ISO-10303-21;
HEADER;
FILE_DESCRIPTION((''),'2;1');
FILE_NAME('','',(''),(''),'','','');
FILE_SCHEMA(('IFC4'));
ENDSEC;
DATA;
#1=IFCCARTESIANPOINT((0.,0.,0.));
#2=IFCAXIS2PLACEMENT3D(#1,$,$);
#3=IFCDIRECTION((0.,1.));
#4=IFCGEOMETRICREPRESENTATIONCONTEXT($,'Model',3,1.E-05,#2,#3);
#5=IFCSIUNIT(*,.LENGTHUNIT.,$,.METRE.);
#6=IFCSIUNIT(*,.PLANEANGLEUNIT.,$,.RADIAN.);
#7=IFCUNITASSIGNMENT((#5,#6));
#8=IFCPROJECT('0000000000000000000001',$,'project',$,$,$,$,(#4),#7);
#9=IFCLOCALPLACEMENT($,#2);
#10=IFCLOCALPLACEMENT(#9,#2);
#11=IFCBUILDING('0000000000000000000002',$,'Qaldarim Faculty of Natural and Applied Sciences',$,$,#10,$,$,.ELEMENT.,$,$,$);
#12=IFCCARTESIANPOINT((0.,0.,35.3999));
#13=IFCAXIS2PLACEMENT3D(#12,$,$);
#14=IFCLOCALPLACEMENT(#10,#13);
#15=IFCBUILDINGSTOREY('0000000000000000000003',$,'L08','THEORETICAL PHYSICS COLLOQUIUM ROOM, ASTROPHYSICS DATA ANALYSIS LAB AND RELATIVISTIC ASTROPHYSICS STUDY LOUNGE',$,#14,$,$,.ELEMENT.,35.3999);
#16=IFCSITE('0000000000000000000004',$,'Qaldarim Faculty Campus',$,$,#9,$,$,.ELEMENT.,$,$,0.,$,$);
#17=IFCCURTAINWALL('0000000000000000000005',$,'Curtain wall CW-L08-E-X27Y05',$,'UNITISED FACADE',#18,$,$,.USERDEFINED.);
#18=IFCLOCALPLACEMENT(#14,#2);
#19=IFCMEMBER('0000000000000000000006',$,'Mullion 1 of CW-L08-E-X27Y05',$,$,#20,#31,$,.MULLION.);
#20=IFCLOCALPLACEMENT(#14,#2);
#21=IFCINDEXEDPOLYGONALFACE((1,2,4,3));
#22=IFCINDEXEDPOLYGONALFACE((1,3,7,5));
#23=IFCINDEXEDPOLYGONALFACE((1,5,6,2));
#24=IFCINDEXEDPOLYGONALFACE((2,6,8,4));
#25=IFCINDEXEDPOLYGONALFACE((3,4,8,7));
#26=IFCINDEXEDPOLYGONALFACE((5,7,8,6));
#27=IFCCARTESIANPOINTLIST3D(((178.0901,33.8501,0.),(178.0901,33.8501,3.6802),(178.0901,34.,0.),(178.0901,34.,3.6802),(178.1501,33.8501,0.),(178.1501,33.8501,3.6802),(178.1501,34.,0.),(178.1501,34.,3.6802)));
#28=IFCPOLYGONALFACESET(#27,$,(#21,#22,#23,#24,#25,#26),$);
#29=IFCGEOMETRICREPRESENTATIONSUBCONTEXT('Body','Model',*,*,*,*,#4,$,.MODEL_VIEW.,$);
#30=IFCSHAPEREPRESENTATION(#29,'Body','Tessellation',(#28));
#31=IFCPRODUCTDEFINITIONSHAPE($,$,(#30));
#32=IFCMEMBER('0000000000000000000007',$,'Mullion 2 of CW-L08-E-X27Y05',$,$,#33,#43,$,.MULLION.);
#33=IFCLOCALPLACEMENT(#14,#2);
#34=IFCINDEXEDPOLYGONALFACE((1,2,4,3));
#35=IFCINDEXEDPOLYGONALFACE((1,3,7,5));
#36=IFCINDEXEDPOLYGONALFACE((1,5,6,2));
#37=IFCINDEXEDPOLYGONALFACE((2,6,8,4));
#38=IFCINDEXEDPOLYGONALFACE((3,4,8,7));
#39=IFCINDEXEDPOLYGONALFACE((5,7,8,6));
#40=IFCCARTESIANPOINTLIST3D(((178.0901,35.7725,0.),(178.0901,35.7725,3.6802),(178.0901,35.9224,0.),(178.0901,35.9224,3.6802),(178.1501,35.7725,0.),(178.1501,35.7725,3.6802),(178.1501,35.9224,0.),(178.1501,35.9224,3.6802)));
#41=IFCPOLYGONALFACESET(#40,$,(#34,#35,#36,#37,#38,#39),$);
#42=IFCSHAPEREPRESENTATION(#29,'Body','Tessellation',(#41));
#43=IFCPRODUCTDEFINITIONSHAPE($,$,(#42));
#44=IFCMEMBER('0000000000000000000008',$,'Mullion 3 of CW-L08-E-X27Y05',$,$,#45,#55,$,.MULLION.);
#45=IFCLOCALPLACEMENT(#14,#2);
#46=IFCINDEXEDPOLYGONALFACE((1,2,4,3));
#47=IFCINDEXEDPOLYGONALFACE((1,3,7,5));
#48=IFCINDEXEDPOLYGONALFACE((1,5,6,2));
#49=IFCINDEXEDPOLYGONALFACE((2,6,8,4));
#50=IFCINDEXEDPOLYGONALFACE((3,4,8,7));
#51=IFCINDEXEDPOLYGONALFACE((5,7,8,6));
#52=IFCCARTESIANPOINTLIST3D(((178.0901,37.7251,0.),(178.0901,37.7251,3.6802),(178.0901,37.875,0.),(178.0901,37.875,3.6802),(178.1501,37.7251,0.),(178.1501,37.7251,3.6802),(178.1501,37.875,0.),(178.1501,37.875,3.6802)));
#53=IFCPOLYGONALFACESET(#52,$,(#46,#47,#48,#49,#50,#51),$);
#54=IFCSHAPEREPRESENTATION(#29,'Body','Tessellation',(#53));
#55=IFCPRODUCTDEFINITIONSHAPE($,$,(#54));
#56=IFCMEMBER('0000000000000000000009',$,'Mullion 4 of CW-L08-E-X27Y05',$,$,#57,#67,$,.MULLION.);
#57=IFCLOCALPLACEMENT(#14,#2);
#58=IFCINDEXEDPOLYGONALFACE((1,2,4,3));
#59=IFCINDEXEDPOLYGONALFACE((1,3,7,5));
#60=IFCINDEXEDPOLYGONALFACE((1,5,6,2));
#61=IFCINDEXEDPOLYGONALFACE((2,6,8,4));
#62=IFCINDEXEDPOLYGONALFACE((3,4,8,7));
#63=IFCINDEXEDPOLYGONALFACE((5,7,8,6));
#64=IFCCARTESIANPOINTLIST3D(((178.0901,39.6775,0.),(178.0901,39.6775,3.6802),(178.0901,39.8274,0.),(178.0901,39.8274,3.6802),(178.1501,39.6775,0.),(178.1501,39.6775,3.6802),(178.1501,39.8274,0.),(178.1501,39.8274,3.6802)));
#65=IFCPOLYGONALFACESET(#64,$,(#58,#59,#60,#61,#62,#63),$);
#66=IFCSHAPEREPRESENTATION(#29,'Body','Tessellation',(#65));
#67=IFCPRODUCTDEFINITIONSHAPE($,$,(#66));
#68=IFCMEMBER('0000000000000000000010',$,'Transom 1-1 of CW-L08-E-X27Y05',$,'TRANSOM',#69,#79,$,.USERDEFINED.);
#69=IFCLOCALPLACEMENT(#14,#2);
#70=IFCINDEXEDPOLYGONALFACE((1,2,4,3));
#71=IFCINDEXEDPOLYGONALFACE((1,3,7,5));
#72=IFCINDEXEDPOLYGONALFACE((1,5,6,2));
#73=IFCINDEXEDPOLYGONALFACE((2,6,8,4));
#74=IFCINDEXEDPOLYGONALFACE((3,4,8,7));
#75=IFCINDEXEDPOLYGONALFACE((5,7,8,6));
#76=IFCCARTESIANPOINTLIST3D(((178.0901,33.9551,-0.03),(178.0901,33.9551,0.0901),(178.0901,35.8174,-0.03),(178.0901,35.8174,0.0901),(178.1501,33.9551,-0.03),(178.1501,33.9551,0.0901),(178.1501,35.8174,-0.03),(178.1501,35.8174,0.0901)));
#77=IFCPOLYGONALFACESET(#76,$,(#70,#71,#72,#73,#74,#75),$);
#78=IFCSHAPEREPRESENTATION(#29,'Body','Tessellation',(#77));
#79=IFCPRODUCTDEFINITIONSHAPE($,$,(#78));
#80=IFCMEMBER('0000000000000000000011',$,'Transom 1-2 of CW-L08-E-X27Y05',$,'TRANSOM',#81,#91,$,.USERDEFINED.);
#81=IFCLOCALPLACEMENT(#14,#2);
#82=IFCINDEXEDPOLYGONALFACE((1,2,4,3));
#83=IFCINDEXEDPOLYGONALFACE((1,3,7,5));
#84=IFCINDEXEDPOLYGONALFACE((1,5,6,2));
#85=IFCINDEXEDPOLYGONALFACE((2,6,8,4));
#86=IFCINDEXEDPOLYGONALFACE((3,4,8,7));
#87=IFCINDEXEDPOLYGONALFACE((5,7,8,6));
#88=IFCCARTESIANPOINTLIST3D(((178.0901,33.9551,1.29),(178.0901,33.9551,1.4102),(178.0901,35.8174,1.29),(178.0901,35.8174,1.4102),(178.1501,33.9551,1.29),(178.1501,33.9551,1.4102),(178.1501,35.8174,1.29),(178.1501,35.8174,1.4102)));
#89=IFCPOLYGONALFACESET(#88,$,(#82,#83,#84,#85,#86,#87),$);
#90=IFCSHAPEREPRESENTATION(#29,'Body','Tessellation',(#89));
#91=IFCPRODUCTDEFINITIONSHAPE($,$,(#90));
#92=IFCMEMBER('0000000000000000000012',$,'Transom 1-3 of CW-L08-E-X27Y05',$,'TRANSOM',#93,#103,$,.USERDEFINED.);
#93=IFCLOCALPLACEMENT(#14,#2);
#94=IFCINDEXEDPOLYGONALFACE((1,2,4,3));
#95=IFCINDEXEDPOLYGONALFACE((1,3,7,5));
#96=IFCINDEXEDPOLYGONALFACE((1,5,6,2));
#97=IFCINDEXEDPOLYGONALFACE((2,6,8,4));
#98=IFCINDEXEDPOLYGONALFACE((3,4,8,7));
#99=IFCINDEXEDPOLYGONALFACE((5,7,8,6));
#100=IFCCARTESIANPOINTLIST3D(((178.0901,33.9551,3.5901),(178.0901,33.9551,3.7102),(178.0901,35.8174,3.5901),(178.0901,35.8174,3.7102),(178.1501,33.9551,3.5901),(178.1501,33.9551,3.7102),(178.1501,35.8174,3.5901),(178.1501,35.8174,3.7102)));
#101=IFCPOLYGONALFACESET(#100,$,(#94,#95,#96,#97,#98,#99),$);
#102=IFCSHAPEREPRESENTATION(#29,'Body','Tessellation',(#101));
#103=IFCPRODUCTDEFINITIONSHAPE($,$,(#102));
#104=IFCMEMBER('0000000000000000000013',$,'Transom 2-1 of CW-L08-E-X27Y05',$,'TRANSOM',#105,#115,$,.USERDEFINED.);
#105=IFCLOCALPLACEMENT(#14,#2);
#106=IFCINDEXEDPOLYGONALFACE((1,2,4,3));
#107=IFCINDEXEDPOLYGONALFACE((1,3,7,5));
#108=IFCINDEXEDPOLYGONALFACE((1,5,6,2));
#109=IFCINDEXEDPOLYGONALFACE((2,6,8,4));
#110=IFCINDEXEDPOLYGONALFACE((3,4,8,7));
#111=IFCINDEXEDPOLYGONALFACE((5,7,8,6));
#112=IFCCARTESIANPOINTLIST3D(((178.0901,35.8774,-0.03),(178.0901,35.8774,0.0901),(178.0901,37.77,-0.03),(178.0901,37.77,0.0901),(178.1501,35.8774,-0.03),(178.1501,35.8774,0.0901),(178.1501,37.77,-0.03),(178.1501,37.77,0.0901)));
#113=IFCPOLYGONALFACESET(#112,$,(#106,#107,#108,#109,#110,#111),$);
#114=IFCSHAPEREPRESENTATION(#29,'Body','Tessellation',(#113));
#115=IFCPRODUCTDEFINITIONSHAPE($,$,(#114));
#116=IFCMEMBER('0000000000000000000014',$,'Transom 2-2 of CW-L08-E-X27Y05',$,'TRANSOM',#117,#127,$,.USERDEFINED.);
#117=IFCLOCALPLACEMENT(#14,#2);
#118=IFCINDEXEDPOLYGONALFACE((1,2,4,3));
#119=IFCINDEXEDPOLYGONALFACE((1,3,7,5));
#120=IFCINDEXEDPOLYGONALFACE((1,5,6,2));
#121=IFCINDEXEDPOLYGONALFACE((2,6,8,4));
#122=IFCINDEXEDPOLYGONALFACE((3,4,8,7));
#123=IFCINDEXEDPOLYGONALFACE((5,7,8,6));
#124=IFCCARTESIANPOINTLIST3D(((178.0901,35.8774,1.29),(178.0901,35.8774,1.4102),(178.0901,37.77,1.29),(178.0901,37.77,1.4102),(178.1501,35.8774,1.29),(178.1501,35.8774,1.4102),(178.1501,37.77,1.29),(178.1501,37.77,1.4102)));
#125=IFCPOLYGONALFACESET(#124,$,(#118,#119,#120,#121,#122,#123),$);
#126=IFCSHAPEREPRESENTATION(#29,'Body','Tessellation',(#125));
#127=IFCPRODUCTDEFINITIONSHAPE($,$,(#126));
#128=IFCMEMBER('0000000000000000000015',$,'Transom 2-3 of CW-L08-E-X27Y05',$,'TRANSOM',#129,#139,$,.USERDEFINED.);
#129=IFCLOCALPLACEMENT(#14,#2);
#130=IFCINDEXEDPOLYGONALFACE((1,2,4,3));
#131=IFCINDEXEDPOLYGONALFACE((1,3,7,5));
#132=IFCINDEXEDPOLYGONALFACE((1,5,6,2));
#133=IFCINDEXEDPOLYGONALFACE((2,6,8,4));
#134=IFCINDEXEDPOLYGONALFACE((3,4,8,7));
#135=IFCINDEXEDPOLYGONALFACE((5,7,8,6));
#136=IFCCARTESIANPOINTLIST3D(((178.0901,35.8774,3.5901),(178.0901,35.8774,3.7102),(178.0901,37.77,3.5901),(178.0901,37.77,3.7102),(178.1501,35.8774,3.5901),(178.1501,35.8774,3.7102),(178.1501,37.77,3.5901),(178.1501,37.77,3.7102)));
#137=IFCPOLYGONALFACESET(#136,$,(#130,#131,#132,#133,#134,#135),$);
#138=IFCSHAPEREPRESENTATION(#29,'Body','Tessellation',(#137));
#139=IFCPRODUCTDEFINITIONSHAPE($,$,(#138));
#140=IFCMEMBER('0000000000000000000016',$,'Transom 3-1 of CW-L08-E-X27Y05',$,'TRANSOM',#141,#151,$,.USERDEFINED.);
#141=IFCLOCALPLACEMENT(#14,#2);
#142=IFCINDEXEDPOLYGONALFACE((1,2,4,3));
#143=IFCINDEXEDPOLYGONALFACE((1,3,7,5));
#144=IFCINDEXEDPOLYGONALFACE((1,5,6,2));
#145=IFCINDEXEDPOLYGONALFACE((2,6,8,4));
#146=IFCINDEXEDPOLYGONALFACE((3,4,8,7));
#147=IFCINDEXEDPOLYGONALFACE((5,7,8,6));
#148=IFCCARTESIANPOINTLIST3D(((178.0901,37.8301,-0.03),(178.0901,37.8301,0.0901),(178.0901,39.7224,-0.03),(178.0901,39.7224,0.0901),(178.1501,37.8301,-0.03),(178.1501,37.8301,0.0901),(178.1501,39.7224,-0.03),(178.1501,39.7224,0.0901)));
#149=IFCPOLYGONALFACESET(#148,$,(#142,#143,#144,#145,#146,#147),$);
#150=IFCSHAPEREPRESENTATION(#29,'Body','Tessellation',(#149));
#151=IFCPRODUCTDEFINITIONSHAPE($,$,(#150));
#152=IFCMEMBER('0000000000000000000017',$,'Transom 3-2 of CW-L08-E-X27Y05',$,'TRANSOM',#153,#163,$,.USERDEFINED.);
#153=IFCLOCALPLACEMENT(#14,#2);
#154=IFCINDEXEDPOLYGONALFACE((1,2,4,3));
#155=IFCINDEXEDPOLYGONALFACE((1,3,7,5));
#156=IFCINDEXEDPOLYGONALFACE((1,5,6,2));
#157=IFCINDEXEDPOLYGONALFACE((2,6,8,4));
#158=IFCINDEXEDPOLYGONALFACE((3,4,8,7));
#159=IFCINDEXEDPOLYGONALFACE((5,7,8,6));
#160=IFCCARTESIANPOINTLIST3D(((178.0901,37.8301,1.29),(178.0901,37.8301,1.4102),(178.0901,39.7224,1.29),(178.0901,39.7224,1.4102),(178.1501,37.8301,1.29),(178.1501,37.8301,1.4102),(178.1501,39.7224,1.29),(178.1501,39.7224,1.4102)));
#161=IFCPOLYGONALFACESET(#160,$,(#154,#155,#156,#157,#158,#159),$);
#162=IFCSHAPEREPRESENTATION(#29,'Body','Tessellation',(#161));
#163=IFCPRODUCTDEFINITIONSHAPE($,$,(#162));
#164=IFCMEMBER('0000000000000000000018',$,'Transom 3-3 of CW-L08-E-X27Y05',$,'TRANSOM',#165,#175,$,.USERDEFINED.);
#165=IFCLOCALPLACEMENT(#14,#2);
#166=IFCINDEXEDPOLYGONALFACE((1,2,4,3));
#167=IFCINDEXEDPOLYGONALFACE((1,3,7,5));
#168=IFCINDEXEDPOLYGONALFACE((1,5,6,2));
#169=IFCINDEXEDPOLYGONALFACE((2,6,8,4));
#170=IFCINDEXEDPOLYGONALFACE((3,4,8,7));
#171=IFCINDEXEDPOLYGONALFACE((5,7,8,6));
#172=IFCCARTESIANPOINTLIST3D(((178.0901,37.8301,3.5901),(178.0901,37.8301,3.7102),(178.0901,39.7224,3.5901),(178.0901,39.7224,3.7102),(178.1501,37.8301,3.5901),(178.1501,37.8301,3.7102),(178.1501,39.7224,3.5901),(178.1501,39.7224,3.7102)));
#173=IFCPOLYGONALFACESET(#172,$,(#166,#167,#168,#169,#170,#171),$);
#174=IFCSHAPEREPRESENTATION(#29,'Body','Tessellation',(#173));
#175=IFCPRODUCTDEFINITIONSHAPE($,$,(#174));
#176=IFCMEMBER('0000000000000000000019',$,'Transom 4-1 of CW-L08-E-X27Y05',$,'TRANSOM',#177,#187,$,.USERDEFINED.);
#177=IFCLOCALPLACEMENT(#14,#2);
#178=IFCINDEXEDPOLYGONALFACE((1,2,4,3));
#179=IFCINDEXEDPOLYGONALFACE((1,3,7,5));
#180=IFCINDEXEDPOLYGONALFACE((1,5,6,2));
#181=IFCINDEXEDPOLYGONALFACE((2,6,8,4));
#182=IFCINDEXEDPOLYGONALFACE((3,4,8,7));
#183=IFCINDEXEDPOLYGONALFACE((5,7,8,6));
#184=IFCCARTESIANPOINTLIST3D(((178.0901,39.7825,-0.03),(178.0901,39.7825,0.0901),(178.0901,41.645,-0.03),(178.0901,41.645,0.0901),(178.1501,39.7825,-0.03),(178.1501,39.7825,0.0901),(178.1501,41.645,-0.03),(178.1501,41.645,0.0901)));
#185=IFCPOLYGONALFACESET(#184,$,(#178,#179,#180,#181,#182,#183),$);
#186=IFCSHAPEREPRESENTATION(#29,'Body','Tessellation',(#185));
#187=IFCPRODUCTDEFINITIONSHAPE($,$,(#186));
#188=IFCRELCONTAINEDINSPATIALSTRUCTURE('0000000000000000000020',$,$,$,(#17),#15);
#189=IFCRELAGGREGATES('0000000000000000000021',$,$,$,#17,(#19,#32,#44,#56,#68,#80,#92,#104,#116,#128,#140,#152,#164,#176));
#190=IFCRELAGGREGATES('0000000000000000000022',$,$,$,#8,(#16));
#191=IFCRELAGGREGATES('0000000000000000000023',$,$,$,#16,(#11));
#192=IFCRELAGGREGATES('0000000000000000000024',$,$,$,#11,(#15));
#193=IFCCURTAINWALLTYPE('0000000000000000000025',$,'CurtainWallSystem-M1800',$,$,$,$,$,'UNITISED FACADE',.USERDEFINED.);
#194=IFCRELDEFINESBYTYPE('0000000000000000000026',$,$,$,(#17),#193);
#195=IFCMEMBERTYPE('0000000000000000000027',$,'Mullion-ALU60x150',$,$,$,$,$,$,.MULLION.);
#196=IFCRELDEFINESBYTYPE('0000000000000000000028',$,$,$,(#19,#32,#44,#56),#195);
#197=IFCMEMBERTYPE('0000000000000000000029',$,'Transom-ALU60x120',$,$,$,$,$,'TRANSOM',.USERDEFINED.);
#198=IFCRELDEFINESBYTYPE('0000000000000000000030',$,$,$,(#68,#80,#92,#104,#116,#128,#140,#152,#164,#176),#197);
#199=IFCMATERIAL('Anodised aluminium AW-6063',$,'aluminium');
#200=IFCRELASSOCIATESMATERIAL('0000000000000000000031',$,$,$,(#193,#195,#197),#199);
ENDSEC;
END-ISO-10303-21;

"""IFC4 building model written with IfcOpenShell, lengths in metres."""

from ifc_helpers import new_model, si_unit, direction, frame, origin, origin_2d, place, context, subcontext, project, spatial, rectangle, extrude, material, material_profile, profile_set, type_object, element, aggregate, save


model = new_model("IFC4")

# Units and contexts
model_context = context("Model", 3, precision=1e-05, world=origin(), true_north=direction((0.0, 1.0)))
body_context = subcontext(model_context, "Body", "Model", "MODEL_VIEW")
ifc_project = project(units=[si_unit("LENGTHUNIT", "METRE"), si_unit("PLANEANGLEUNIT", "RADIAN")], contexts=[model_context])

# Site, building, storey
site_placement = place(None, origin())
site = spatial("IfcSite", under=ifc_project, at=site_placement, Name="Qaldarim Faculty Campus", CompositionType="ELEMENT", RefElevation=0.0)
building_placement = place(site_placement, origin())
building = spatial("IfcBuilding", under=site, at=building_placement, Name="Qaldarim Faculty of Natural and Applied Sciences", CompositionType="ELEMENT")
storey_placement = place(building_placement, frame((0.0, 0.0, 35.3999)))
storey = spatial("IfcBuildingStorey", under=building, at=storey_placement, Name="L08", Description="THEORETICAL PHYSICS COLLOQUIUM ROOM, ASTROPHYSICS DATA ANALYSIS LAB AND RELATIVISTIC ASTROPHYSICS STUDY LOUNGE", CompositionType="ELEMENT", Elevation=35.3999)

# Curtain wall, members
ifc_material_1 = material(Name="Anodised aluminium AW-6063", Category="aluminium")
curtain_wall_type = type_object("IfcCurtainWallType", Name="CurtainWallSystem-M1800", ElementType="UNITISED FACADE", PredefinedType="USERDEFINED", material=ifc_material_1)
curtain_wall_placement = place(storey_placement, origin())
curtain_wall = element("IfcCurtainWall", 1, at=curtain_wall_placement, inside=storey, type_object=curtain_wall_type, Name="Curtain wall CW-L08-E-X27Y05", ObjectType="UNITISED FACADE", PredefinedType="USERDEFINED")
ifc_material_profile_1 = material_profile(ifc_material_1, rectangle(XDim=0.0601, YDim=0.1499, at=origin_2d()), Name="ALU-M60x150")
ifc_profile_set_1 = profile_set([ifc_material_profile_1], Name="Anodised aluminium AW-6063")
member_type_1 = type_object("IfcMemberType", Name="Mullion-ALU60x150", PredefinedType="MULLION", material=ifc_profile_set_1)
member_1_placement = place(storey_placement, frame((178.1201, 33.925, 0.0), z_axis=(0.0, 0.0, 1.0), x_axis=(-1.0, 0.0, 0.0)))
member_1 = element("IfcMember", 2, at=member_1_placement, type_object=member_type_1, Name="Mullion 1 of CW-L08-E-X27Y05", PredefinedType="MULLION", context=body_context, shape_type="SweptSolid", body=[
    extrude(rectangle(XDim=0.0601, YDim=0.1499, at=origin_2d()), origin(), (0.0, 0.0, 1.0), 3.6802),
])
member_2_placement = place(storey_placement, frame((178.1201, 35.8474, 0.0), z_axis=(0.0, 0.0, 1.0), x_axis=(-1.0, 0.0, 0.0)))
member_2 = element("IfcMember", 3, at=member_2_placement, type_object=member_type_1, Name="Mullion 2 of CW-L08-E-X27Y05", PredefinedType="MULLION", context=body_context, shape_type="SweptSolid", body=[
    extrude(rectangle(XDim=0.0601, YDim=0.1499, at=origin_2d()), origin(), (0.0, 0.0, 1.0), 3.6802),
])
member_3_placement = place(storey_placement, frame((178.1201, 37.8, 0.0), z_axis=(0.0, 0.0, 1.0), x_axis=(-1.0, 0.0, 0.0)))
member_3 = element("IfcMember", 4, at=member_3_placement, type_object=member_type_1, Name="Mullion 3 of CW-L08-E-X27Y05", PredefinedType="MULLION", context=body_context, shape_type="SweptSolid", body=[
    extrude(rectangle(XDim=0.0601, YDim=0.1499, at=origin_2d()), origin(), (0.0, 0.0, 1.0), 3.6802),
])
member_4_placement = place(storey_placement, frame((178.1201, 39.7524, 0.0), z_axis=(0.0, 0.0, 1.0), x_axis=(-1.0, 0.0, 0.0)))
member_4 = element("IfcMember", 5, at=member_4_placement, type_object=member_type_1, Name="Mullion 4 of CW-L08-E-X27Y05", PredefinedType="MULLION", context=body_context, shape_type="SweptSolid", body=[
    extrude(rectangle(XDim=0.0601, YDim=0.1499, at=origin_2d()), origin(), (0.0, 0.0, 1.0), 3.6802),
])
ifc_material_profile_2 = material_profile(ifc_material_1, rectangle(XDim=0.0601, YDim=0.1201, at=origin_2d()), Name="ALU-T60x120")
ifc_profile_set_2 = profile_set([ifc_material_profile_2], Name="Anodised aluminium AW-6063")
member_type_2 = type_object("IfcMemberType", Name="Transom-ALU60x120", ElementType="TRANSOM", PredefinedType="USERDEFINED", material=ifc_profile_set_2)
member_5_placement = place(storey_placement, frame((178.1201, 33.9551, 0.03), z_axis=(0.0, 1.0, 0.0), x_axis=(-1.0, 0.0, 0.0)))
member_5 = element("IfcMember", 6, at=member_5_placement, type_object=member_type_2, Name="Transom 1-1 of CW-L08-E-X27Y05", ObjectType="TRANSOM", PredefinedType="USERDEFINED", context=body_context, shape_type="SweptSolid", body=[
    extrude(rectangle(XDim=0.0601, YDim=0.1201, at=origin_2d()), origin(), (0.0, 0.0, 1.0), 1.8623),
])
member_6_placement = place(storey_placement, frame((178.1201, 33.9551, 1.3501), z_axis=(0.0, 1.0, 0.0), x_axis=(-1.0, 0.0, 0.0)))
member_6 = element("IfcMember", 7, at=member_6_placement, type_object=member_type_2, Name="Transom 1-2 of CW-L08-E-X27Y05", ObjectType="TRANSOM", PredefinedType="USERDEFINED", context=body_context, shape_type="SweptSolid", body=[
    extrude(rectangle(XDim=0.0601, YDim=0.1201, at=origin_2d()), origin(), (0.0, 0.0, 1.0), 1.8623),
])
member_7_placement = place(storey_placement, frame((178.1201, 33.9551, 3.6501), z_axis=(0.0, 1.0, 0.0), x_axis=(-1.0, 0.0, 0.0)))
member_7 = element("IfcMember", 8, at=member_7_placement, type_object=member_type_2, Name="Transom 1-3 of CW-L08-E-X27Y05", ObjectType="TRANSOM", PredefinedType="USERDEFINED", context=body_context, shape_type="SweptSolid", body=[
    extrude(rectangle(XDim=0.0601, YDim=0.1201, at=origin_2d()), origin(), (0.0, 0.0, 1.0), 1.8623),
])
member_8_placement = place(storey_placement, frame((178.1201, 35.8774, 0.03), z_axis=(0.0, 1.0, 0.0), x_axis=(-1.0, 0.0, 0.0)))
member_8 = element("IfcMember", 9, at=member_8_placement, type_object=member_type_2, Name="Transom 2-1 of CW-L08-E-X27Y05", ObjectType="TRANSOM", PredefinedType="USERDEFINED", context=body_context, shape_type="SweptSolid", body=[
    extrude(rectangle(XDim=0.0601, YDim=0.1201, at=origin_2d()), origin(), (0.0, 0.0, 1.0), 1.8926),
])
member_9_placement = place(storey_placement, frame((178.1201, 35.8774, 1.3501), z_axis=(0.0, 1.0, 0.0), x_axis=(-1.0, 0.0, 0.0)))
member_9 = element("IfcMember", 10, at=member_9_placement, type_object=member_type_2, Name="Transom 2-2 of CW-L08-E-X27Y05", ObjectType="TRANSOM", PredefinedType="USERDEFINED", context=body_context, shape_type="SweptSolid", body=[
    extrude(rectangle(XDim=0.0601, YDim=0.1201, at=origin_2d()), origin(), (0.0, 0.0, 1.0), 1.8926),
])
member_10_placement = place(storey_placement, frame((178.1201, 35.8774, 3.6501), z_axis=(0.0, 1.0, 0.0), x_axis=(-1.0, 0.0, 0.0)))
member_10 = element("IfcMember", 11, at=member_10_placement, type_object=member_type_2, Name="Transom 2-3 of CW-L08-E-X27Y05", ObjectType="TRANSOM", PredefinedType="USERDEFINED", context=body_context, shape_type="SweptSolid", body=[
    extrude(rectangle(XDim=0.0601, YDim=0.1201, at=origin_2d()), origin(), (0.0, 0.0, 1.0), 1.8926),
])
member_11_placement = place(storey_placement, frame((178.1201, 37.8301, 0.03), z_axis=(0.0, 1.0, 0.0), x_axis=(-1.0, 0.0, 0.0)))
member_11 = element("IfcMember", 12, at=member_11_placement, type_object=member_type_2, Name="Transom 3-1 of CW-L08-E-X27Y05", ObjectType="TRANSOM", PredefinedType="USERDEFINED", context=body_context, shape_type="SweptSolid", body=[
    extrude(rectangle(XDim=0.0601, YDim=0.1201, at=origin_2d()), origin(), (0.0, 0.0, 1.0), 1.8923),
])
member_12_placement = place(storey_placement, frame((178.1201, 37.8301, 1.3501), z_axis=(0.0, 1.0, 0.0), x_axis=(-1.0, 0.0, 0.0)))
member_12 = element("IfcMember", 13, at=member_12_placement, type_object=member_type_2, Name="Transom 3-2 of CW-L08-E-X27Y05", ObjectType="TRANSOM", PredefinedType="USERDEFINED", context=body_context, shape_type="SweptSolid", body=[
    extrude(rectangle(XDim=0.0601, YDim=0.1201, at=origin_2d()), origin(), (0.0, 0.0, 1.0), 1.8923),
])
member_13_placement = place(storey_placement, frame((178.1201, 37.8301, 3.6501), z_axis=(0.0, 1.0, 0.0), x_axis=(-1.0, 0.0, 0.0)))
member_13 = element("IfcMember", 14, at=member_13_placement, type_object=member_type_2, Name="Transom 3-3 of CW-L08-E-X27Y05", ObjectType="TRANSOM", PredefinedType="USERDEFINED", context=body_context, shape_type="SweptSolid", body=[
    extrude(rectangle(XDim=0.0601, YDim=0.1201, at=origin_2d()), origin(), (0.0, 0.0, 1.0), 1.8923),
])
member_14_placement = place(storey_placement, frame((178.1201, 39.7825, 0.03), z_axis=(0.0, 1.0, 0.0), x_axis=(-1.0, 0.0, 0.0)))
member_14 = element("IfcMember", 15, at=member_14_placement, type_object=member_type_2, Name="Transom 4-1 of CW-L08-E-X27Y05", ObjectType="TRANSOM", PredefinedType="USERDEFINED", context=body_context, shape_type="SweptSolid", body=[
    extrude(rectangle(XDim=0.0601, YDim=0.1201, at=origin_2d()), origin(), (0.0, 0.0, 1.0), 1.8625),
])
aggregate(curtain_wall, [member_1, member_2, member_3, member_4, member_5, member_6, member_7, member_8, member_9, member_10, member_11, member_12, member_13, member_14])

save(model, "model.ifc")
